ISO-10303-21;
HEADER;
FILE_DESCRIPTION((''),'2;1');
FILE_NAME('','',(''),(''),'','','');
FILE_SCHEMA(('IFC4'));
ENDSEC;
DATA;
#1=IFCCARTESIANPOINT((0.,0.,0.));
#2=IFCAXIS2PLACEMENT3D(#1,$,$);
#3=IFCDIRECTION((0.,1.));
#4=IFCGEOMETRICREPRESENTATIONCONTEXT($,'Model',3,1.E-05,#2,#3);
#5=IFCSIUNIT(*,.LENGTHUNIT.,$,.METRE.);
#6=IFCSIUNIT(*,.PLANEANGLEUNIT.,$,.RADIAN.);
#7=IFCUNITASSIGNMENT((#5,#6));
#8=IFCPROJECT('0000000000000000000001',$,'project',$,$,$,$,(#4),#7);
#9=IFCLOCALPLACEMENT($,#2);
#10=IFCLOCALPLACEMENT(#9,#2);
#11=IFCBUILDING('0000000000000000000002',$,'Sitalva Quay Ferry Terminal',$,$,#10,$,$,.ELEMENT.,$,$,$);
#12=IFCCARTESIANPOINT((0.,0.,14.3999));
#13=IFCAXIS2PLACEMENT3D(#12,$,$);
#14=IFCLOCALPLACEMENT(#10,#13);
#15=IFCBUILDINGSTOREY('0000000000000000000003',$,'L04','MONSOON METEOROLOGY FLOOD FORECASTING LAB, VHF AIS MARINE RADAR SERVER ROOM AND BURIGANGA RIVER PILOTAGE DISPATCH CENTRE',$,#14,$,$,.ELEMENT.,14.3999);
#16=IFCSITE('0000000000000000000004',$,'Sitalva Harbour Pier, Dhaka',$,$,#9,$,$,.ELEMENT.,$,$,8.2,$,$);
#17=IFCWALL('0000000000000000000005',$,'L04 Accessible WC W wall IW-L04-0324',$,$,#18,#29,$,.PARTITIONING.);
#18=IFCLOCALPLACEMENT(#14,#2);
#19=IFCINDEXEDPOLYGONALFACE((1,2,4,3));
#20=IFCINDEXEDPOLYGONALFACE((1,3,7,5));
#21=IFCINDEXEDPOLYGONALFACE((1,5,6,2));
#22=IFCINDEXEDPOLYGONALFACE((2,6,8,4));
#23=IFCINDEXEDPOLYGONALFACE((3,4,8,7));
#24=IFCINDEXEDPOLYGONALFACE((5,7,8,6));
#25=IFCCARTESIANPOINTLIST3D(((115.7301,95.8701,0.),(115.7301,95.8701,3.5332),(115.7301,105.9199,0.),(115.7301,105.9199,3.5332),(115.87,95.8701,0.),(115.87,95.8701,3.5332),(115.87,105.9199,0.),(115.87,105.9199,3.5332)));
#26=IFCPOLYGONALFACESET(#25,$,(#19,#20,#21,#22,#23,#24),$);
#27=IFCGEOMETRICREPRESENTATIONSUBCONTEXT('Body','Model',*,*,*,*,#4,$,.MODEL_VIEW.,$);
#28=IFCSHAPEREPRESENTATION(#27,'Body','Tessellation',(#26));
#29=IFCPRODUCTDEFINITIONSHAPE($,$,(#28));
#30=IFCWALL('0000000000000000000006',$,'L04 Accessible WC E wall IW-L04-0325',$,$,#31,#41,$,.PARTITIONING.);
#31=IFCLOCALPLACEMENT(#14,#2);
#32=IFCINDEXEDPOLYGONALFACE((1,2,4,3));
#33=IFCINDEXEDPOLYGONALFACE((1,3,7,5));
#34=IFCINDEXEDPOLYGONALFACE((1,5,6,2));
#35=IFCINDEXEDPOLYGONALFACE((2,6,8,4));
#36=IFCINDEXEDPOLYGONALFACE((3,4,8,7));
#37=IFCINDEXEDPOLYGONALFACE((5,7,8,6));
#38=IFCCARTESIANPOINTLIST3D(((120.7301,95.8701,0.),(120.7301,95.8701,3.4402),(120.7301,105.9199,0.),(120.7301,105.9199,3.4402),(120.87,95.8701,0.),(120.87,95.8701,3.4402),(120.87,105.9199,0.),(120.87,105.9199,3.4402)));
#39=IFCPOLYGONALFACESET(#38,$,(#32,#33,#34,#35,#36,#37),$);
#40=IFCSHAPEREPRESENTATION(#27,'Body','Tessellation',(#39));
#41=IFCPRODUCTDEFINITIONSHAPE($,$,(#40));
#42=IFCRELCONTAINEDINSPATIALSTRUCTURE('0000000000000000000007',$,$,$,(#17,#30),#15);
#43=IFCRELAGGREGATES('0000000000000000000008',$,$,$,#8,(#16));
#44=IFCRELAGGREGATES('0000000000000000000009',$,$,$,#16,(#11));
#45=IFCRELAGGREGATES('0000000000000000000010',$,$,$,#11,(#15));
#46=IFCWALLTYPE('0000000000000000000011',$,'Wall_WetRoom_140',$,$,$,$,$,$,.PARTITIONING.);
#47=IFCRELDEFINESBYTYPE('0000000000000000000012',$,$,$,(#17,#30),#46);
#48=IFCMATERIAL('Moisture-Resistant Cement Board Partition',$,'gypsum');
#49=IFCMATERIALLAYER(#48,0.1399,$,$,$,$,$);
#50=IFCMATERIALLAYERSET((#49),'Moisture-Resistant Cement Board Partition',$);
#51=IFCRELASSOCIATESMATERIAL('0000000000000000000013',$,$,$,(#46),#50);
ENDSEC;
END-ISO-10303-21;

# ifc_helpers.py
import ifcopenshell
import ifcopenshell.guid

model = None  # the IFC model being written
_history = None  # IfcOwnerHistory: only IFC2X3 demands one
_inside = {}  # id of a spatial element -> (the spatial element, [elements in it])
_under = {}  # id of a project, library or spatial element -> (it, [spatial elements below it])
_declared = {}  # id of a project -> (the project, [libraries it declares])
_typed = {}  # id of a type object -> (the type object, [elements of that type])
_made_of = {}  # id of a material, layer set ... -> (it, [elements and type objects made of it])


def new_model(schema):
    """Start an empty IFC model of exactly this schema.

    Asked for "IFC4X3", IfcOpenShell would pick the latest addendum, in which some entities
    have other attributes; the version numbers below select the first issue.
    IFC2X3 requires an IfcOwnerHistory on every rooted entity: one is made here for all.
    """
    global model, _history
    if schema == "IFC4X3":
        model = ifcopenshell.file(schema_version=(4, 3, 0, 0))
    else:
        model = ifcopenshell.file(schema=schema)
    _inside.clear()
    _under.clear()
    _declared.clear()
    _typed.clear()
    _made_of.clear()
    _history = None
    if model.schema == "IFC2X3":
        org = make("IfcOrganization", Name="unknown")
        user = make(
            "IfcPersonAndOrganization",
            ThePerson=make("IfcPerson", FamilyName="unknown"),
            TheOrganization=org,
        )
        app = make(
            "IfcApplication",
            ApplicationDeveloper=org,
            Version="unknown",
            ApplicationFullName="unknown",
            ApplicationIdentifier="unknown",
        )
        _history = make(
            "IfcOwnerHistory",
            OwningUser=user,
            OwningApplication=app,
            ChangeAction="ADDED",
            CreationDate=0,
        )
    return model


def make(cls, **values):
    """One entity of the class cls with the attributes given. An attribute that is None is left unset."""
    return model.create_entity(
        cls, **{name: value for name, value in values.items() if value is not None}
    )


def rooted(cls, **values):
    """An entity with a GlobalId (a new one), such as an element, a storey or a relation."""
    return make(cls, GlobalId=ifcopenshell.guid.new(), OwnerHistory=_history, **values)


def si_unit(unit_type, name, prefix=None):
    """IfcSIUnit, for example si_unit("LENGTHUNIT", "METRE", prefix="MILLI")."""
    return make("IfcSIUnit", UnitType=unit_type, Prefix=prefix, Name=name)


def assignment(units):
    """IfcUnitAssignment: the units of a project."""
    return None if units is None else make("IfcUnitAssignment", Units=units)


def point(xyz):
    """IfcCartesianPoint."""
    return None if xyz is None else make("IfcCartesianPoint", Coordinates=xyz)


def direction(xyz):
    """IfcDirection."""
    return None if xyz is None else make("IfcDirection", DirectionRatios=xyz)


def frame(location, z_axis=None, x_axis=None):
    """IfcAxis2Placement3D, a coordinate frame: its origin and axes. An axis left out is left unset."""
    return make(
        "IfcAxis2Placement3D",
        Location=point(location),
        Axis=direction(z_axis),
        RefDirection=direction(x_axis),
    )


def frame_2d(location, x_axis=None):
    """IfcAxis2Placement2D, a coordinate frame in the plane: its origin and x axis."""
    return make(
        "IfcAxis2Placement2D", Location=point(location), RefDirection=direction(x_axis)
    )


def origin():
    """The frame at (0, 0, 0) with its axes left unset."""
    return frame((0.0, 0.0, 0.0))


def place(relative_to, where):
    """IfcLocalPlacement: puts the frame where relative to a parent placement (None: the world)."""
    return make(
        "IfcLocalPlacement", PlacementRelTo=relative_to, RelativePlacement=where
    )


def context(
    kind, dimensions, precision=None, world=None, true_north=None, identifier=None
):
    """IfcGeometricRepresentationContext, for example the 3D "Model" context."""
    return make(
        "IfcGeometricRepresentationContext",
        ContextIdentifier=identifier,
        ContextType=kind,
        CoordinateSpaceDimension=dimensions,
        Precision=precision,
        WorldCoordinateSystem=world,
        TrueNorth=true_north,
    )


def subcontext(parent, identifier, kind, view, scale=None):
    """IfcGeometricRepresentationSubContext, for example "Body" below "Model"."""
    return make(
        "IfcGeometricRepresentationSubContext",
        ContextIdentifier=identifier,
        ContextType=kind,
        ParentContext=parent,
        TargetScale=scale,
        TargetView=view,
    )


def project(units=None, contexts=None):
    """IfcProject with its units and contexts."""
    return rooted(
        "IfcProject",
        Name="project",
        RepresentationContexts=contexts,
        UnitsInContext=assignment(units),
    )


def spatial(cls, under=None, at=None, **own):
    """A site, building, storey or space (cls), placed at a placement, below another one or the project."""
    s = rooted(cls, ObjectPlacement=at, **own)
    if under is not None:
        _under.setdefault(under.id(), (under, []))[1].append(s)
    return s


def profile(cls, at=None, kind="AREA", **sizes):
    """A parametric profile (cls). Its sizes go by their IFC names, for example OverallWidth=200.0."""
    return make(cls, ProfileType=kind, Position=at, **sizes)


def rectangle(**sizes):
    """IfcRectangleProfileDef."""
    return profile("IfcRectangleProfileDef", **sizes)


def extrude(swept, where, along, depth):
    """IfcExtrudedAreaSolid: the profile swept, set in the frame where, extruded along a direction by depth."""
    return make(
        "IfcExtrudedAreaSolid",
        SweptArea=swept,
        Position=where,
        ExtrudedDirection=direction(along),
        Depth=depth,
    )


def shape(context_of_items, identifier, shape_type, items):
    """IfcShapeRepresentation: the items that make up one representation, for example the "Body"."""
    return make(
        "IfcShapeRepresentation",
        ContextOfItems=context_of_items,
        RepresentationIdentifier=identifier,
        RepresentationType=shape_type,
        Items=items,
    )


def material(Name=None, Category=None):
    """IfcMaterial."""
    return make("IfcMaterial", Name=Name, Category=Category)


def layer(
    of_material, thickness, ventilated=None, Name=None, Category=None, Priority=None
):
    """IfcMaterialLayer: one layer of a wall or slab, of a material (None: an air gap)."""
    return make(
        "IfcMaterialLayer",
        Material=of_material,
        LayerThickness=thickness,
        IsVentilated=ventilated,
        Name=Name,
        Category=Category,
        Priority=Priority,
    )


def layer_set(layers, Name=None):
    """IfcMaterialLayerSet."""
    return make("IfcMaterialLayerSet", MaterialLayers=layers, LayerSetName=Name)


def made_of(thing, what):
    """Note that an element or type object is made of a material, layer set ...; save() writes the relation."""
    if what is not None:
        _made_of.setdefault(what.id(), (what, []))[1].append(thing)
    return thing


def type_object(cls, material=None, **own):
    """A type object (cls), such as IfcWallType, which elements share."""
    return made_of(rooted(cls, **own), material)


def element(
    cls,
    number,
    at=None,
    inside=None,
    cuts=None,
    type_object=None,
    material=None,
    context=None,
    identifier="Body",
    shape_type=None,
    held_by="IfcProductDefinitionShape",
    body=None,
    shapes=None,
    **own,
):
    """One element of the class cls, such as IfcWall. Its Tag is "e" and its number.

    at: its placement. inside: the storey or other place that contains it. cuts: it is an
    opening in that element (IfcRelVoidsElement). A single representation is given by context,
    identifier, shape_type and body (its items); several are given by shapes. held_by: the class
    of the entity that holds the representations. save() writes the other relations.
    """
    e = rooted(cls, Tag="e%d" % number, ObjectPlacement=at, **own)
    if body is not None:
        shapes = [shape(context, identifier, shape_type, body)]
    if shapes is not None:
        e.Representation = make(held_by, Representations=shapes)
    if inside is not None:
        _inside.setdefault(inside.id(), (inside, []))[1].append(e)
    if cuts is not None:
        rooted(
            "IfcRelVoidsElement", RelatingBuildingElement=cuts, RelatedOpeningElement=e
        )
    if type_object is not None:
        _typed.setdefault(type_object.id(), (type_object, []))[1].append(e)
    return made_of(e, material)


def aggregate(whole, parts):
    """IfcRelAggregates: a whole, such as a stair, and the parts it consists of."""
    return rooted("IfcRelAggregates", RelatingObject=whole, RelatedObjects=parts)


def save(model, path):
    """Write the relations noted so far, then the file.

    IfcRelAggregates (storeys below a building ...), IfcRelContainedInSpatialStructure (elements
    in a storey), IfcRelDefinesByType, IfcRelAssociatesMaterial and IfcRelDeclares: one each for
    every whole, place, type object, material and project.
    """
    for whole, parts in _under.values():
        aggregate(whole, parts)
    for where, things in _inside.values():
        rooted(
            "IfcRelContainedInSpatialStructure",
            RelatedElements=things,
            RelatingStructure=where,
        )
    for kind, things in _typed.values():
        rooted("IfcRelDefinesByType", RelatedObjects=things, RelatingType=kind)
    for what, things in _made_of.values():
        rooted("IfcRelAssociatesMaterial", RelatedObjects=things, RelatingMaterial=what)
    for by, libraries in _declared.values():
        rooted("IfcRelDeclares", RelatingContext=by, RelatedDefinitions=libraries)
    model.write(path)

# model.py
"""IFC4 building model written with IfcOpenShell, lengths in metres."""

from ifc_helpers import new_model, si_unit, direction, frame, frame_2d, origin, place, context, subcontext, project, spatial, rectangle, extrude, material, layer, layer_set, type_object, element, save


model = new_model("IFC4")

# Units and contexts
model_context = context("Model", 3, precision=1e-05, world=origin(), true_north=direction((0.0, 1.0)))
body_context = subcontext(model_context, "Body", "Model", "MODEL_VIEW")
ifc_project = project(units=[si_unit("LENGTHUNIT", "METRE"), si_unit("PLANEANGLEUNIT", "RADIAN")], contexts=[model_context])

# Site, building, storey
site_placement = place(None, origin())
site = spatial("IfcSite", under=ifc_project, at=site_placement, Name="Sitalva Harbour Pier, Dhaka", CompositionType="ELEMENT", RefElevation=8.2)
building_placement = place(site_placement, origin())
building = spatial("IfcBuilding", under=site, at=building_placement, Name="Sitalva Quay Ferry Terminal", CompositionType="ELEMENT")
storey_placement = place(building_placement, frame((0.0, 0.0, 14.3999)))
storey = spatial("IfcBuildingStorey", under=building, at=storey_placement, Name="L04", Description="MONSOON METEOROLOGY FLOOD FORECASTING LAB, VHF AIS MARINE RADAR SERVER ROOM AND BURIGANGA RIVER PILOTAGE DISPATCH CENTRE", CompositionType="ELEMENT", Elevation=14.3999)

# Walls
ifc_material_1 = material(Name="Moisture-Resistant Cement Board Partition", Category="gypsum")
ifc_layer_1 = layer(ifc_material_1, 0.1399)
ifc_layer_set_1 = layer_set([ifc_layer_1], Name="Moisture-Resistant Cement Board Partition")
wall_type_1 = type_object("IfcWallType", Name="Wall_WetRoom_140", PredefinedType="PARTITIONING", material=ifc_layer_set_1)
for number, where, z_axis, x_axis, name in (
    (1, (115.8, 95.8701, 0.0), (0.0, 0.0, 1.0), (0.0, 1.0, 0.0), "L04 Accessible WC W wall IW-L04-0324"),
):
    element("IfcWall", number, at=place(storey_placement, frame(where, z_axis=z_axis, x_axis=x_axis)), inside=storey, type_object=wall_type_1, Name=name, PredefinedType="PARTITIONING", context=body_context, shape_type="SweptSolid", body=[
        extrude(rectangle(XDim=10.0498, YDim=0.1399, at=frame_2d((5.0249, 0.0))), origin(), (0.0, 0.0, 1.0), 3.5332),
    ])
wall_1_placement = place(storey_placement, frame((120.8, 95.8701, 0.0), z_axis=(0.0, 0.0, 1.0), x_axis=(0.0, 1.0, 0.0)))
element("IfcWall", 2, at=wall_1_placement, inside=storey, type_object=wall_type_1, Name="L04 Accessible WC E wall IW-L04-0325", PredefinedType="PARTITIONING", context=body_context, shape_type="SweptSolid", body=[
    extrude(rectangle(XDim=10.0498, YDim=0.1399, at=frame_2d((5.0249, 0.0))), origin(), (0.0, 0.0, 1.0), 3.4402),
])

save(model, "model.ifc")
